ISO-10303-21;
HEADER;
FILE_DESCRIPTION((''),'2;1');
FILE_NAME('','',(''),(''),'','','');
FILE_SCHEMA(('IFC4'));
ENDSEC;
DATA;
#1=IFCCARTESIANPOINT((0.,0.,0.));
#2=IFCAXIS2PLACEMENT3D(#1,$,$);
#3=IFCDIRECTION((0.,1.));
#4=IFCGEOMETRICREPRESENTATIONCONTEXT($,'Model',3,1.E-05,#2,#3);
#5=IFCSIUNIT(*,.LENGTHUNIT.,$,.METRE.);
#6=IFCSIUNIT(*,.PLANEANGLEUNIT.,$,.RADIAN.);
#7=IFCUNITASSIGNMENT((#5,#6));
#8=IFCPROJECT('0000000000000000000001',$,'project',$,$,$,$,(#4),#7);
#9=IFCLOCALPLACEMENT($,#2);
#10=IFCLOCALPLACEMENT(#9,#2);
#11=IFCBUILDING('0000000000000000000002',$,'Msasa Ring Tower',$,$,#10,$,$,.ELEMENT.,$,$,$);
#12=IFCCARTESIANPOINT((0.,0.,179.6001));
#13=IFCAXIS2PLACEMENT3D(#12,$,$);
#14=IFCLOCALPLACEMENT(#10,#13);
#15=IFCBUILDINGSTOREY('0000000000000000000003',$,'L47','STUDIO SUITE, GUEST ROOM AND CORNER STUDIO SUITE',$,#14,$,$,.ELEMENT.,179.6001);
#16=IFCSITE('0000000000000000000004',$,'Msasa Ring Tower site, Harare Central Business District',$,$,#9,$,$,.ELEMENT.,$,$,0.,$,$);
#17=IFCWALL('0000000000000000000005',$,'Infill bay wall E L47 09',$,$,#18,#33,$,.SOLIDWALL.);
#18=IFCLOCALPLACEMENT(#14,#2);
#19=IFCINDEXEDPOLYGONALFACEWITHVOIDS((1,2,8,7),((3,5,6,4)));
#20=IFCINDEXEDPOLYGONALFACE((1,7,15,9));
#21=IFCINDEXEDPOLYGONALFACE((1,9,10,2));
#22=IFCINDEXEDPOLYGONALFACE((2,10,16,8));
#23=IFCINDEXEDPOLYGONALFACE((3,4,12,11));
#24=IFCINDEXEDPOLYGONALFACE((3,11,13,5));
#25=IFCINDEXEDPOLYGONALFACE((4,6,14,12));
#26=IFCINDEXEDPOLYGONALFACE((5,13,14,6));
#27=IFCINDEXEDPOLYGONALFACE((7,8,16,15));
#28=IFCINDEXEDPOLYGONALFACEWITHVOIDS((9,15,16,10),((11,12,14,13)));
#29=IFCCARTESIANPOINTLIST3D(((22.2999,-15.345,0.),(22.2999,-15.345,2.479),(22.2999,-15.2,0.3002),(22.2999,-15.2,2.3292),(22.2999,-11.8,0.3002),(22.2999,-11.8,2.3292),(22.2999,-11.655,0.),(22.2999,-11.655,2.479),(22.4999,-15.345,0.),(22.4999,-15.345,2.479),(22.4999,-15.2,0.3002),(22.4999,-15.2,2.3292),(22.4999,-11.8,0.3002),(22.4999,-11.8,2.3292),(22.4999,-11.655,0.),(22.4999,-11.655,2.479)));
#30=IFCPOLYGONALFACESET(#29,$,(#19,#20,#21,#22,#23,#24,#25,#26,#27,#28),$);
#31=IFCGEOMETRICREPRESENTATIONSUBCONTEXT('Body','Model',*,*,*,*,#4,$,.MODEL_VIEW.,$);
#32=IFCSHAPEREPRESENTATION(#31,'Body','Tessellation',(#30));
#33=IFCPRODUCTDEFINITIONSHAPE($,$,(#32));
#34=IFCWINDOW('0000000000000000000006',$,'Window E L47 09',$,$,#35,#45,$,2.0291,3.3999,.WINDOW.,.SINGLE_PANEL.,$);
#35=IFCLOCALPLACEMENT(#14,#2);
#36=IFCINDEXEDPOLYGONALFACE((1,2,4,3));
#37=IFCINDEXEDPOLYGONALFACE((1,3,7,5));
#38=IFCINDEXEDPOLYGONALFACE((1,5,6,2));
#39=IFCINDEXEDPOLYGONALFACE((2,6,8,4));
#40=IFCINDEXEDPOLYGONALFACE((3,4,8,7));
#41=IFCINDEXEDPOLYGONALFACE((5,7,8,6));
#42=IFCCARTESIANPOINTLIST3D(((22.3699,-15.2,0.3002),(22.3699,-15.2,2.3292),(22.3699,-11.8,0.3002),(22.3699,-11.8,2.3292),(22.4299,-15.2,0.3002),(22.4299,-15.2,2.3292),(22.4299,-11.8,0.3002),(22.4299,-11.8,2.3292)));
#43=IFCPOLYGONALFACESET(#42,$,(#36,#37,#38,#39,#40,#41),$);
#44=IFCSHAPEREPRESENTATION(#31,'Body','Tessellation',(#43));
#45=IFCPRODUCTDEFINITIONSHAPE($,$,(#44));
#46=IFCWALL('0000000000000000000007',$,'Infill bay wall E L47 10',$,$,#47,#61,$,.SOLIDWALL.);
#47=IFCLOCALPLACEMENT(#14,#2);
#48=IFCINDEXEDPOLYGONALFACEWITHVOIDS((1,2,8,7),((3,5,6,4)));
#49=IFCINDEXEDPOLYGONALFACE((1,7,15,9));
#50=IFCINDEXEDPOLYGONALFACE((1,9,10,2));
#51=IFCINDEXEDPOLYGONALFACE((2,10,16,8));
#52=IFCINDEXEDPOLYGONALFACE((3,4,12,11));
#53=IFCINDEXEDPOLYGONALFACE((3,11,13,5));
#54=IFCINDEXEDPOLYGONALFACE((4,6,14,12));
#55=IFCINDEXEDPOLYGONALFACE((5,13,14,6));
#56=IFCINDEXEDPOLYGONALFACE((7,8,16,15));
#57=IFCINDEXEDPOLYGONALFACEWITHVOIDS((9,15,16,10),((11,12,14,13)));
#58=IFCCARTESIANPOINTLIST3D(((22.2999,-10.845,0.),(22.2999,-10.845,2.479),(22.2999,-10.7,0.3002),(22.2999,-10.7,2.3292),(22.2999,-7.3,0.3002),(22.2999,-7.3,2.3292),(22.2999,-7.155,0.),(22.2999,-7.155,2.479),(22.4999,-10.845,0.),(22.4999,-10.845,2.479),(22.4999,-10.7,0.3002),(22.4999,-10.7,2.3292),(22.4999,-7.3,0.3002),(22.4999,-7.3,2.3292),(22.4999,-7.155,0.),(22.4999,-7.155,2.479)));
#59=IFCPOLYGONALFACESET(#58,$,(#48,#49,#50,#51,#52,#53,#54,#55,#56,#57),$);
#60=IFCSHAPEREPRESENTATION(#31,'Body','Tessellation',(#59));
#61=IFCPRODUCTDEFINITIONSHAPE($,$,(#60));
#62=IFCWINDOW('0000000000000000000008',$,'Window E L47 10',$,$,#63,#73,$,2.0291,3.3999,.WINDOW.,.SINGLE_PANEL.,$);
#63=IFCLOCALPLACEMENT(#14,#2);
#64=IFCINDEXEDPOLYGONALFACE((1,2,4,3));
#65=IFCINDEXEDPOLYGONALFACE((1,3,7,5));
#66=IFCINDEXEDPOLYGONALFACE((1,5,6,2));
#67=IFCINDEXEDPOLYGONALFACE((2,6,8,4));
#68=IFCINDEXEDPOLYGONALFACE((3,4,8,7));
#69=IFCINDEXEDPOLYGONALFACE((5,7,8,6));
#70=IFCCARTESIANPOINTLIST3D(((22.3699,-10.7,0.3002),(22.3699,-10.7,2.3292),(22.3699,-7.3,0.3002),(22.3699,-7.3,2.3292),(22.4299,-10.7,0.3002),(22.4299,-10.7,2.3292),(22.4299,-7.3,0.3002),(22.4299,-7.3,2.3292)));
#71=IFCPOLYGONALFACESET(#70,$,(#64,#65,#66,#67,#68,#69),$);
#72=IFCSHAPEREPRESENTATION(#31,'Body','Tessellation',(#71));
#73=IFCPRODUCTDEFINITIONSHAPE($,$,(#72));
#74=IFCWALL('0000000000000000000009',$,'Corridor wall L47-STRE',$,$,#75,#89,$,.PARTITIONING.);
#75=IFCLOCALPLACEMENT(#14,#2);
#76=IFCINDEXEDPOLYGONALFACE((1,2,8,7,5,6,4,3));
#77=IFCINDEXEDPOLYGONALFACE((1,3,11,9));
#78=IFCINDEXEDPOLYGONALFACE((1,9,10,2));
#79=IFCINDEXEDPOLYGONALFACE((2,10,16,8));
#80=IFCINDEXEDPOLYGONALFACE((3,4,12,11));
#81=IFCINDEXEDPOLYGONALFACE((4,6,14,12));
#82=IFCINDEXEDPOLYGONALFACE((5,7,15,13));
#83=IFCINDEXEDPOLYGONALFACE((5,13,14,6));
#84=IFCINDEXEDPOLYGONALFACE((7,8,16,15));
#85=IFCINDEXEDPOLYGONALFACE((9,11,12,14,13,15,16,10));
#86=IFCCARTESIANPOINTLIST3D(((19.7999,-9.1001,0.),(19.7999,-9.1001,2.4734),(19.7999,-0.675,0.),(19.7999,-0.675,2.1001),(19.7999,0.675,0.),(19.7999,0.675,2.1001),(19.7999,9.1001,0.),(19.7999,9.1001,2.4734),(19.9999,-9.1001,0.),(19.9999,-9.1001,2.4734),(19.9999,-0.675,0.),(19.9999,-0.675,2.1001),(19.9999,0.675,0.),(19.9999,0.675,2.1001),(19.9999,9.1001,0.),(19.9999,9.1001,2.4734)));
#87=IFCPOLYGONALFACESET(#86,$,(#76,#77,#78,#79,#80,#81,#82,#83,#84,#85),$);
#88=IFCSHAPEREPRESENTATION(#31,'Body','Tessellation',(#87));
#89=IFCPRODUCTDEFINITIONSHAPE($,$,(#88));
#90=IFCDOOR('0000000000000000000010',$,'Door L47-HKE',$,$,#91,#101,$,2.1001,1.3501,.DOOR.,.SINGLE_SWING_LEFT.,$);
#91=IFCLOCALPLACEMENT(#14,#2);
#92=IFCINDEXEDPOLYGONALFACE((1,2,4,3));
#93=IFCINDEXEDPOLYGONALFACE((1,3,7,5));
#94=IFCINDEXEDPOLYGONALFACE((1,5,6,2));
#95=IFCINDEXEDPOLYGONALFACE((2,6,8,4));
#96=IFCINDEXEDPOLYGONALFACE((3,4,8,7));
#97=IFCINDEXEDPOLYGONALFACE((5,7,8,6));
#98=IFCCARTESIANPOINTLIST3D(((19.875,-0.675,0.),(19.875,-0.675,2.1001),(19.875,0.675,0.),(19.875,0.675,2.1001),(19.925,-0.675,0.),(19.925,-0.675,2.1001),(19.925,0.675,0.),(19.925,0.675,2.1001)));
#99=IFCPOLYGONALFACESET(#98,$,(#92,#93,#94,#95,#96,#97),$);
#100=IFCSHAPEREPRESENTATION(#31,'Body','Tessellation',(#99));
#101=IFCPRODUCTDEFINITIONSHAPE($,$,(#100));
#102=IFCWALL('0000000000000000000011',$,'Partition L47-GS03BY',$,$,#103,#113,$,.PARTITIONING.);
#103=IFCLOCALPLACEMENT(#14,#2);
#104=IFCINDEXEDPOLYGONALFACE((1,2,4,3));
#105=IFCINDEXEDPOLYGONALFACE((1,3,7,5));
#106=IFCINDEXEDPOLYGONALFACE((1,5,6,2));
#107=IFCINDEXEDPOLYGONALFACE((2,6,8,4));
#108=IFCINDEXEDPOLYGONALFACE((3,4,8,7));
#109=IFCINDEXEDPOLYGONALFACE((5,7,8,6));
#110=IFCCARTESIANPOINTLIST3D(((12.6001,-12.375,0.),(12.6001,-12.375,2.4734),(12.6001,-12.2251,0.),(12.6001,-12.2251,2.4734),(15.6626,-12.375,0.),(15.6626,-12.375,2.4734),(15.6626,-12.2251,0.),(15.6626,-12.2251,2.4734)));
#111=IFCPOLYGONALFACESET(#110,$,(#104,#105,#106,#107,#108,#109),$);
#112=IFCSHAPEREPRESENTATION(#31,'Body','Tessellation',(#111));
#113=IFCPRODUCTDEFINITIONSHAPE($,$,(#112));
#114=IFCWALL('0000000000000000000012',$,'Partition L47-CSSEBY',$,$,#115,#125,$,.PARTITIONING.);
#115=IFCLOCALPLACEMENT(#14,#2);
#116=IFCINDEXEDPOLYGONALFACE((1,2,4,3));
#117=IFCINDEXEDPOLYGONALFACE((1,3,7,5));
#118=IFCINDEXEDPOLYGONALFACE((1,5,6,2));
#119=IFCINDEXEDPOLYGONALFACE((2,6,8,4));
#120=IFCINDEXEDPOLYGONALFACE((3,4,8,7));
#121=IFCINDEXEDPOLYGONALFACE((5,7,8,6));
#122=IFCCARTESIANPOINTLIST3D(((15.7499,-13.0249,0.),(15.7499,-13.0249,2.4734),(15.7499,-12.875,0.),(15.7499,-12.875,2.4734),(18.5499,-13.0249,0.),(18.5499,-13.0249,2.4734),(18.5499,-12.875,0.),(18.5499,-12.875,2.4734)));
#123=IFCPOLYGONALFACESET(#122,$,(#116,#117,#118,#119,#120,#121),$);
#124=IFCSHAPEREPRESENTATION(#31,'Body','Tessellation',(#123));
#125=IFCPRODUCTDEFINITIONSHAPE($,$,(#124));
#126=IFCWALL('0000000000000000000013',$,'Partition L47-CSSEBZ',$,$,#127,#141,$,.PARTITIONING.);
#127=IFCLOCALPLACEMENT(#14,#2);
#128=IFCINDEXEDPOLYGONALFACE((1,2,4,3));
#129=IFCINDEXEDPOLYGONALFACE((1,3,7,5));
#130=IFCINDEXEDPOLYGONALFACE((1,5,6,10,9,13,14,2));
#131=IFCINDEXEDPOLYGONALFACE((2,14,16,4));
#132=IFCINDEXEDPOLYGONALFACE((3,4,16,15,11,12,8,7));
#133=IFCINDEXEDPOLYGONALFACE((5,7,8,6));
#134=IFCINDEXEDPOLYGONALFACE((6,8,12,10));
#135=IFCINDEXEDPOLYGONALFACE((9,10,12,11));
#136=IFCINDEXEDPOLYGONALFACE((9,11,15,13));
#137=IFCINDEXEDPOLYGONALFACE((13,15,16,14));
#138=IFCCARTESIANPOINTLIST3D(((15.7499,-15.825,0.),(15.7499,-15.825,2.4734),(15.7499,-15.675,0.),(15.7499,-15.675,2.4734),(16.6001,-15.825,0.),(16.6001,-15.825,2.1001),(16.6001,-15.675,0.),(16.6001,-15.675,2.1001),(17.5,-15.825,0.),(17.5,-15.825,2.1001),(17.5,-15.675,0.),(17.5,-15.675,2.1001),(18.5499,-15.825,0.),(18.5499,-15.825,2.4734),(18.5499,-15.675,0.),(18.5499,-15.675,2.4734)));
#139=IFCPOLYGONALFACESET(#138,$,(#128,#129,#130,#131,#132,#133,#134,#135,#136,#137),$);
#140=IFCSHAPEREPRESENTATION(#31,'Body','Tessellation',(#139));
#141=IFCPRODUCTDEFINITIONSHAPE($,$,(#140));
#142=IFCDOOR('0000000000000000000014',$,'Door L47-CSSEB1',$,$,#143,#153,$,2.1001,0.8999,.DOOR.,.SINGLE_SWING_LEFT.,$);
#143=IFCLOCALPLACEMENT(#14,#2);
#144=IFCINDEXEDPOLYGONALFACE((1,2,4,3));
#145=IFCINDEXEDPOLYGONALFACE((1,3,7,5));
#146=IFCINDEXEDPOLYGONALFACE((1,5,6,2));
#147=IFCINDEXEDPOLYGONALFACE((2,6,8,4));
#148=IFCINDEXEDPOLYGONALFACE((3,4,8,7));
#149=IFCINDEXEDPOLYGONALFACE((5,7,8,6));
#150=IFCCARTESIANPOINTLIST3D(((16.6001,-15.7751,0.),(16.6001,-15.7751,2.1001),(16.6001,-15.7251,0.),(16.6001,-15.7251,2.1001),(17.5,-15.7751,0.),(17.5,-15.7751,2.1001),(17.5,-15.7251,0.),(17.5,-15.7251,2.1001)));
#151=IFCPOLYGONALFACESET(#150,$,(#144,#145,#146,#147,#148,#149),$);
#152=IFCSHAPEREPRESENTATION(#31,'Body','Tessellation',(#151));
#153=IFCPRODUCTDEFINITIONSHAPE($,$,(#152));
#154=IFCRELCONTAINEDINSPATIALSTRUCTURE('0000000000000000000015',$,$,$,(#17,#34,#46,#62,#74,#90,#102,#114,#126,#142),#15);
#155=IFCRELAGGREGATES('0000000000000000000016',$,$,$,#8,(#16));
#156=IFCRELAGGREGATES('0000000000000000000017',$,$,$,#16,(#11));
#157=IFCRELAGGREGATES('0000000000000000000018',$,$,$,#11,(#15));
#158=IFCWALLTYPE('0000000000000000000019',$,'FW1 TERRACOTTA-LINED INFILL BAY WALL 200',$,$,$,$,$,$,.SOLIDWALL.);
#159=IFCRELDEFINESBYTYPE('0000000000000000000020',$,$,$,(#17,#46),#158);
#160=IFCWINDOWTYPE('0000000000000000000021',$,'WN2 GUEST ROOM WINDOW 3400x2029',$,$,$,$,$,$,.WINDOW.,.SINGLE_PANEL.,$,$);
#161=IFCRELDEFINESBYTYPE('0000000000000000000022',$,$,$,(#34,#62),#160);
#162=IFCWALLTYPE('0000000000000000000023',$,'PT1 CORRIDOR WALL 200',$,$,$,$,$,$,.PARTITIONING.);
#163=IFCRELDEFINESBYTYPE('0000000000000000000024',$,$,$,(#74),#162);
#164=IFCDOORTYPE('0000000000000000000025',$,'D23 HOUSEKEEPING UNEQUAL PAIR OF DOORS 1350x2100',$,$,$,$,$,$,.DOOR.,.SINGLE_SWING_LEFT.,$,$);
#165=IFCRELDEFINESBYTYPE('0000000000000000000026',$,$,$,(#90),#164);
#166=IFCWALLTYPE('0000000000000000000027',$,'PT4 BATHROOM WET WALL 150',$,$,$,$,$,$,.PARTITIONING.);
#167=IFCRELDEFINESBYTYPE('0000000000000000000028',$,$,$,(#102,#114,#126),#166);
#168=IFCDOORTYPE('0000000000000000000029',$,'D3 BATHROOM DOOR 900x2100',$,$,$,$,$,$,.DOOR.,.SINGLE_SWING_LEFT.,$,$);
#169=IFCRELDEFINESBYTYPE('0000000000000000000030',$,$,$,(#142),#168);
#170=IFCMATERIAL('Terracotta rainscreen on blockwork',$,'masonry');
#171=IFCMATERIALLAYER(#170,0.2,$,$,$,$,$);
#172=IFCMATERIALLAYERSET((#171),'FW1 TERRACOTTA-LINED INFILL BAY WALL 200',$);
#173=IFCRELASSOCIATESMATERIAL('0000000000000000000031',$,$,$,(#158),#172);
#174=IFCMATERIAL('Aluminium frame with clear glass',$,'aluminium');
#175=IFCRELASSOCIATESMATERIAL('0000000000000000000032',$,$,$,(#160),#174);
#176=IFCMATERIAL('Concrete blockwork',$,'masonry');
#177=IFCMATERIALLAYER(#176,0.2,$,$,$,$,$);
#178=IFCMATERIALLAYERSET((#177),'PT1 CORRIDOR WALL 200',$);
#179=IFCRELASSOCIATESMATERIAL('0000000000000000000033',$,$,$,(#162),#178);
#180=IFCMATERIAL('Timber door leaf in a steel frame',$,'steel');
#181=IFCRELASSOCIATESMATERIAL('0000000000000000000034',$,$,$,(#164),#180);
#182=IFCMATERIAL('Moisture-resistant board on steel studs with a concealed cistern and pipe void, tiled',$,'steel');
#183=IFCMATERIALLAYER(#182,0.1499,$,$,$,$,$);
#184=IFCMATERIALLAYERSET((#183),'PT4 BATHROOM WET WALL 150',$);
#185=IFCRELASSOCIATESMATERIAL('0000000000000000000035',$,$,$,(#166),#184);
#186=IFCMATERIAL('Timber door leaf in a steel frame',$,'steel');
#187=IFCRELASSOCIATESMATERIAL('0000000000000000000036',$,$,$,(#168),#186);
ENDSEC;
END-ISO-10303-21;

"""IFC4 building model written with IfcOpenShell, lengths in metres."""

from ifc_helpers import new_model, si_unit, direction, frame, frame_2d, origin, place, context, subcontext, project, spatial, rectangle, extrude, material, layer, layer_set, type_object, element, fill, save


model = new_model("IFC4")

# Units and contexts
model_context = context("Model", 3, precision=1e-05, world=origin(), true_north=direction((0.0, 1.0)))
body_context = subcontext(model_context, "Body", "Model", "MODEL_VIEW")
ifc_project = project(units=[si_unit("LENGTHUNIT", "METRE"), si_unit("PLANEANGLEUNIT", "RADIAN")], contexts=[model_context])

# Site, building, storey
site_placement = place(None, origin())
site = spatial("IfcSite", under=ifc_project, at=site_placement, Name="Msasa Ring Tower site, Harare Central Business District", CompositionType="ELEMENT", RefElevation=0.0)
building_placement = place(site_placement, origin())
building = spatial("IfcBuilding", under=site, at=building_placement, Name="Msasa Ring Tower", CompositionType="ELEMENT")
storey_placement = place(building_placement, frame((0.0, 0.0, 179.6001)))
storey = spatial("IfcBuildingStorey", under=building, at=storey_placement, Name="L47", Description="STUDIO SUITE, GUEST ROOM AND CORNER STUDIO SUITE", CompositionType="ELEMENT", Elevation=179.6001)

# Walls, openings, windows
ifc_material_1 = material(Name="Terracotta rainscreen on blockwork", Category="masonry")
ifc_layer_1 = layer(ifc_material_1, 0.2)
ifc_layer_set_1 = layer_set([ifc_layer_1], Name="FW1 TERRACOTTA-LINED INFILL BAY WALL 200")
wall_type_1 = type_object("IfcWallType", Name="FW1 TERRACOTTA-LINED INFILL BAY WALL 200", PredefinedType="SOLIDWALL", material=ifc_layer_set_1)
wall_1_placement = place(storey_placement, frame((22.3999, -15.345, 0.0), z_axis=(0.0, 0.0, 1.0), x_axis=(0.0, 1.0, 0.0)))
wall_1 = element("IfcWall", 1, at=wall_1_placement, inside=storey, type_object=wall_type_1, Name="Infill bay wall E L47 09", PredefinedType="SOLIDWALL", context=body_context, shape_type="SweptSolid", body=[
    extrude(rectangle(XDim=3.6899, YDim=0.2, at=frame_2d((1.845, 0.0))), origin(), (0.0, 0.0, 1.0), 2.479),
])
opening_1_placement = place(wall_1_placement, frame((0.145, 0.0, 0.3)))
opening_1 = element("IfcOpeningElement", 2, at=opening_1_placement, cuts=wall_1, PredefinedType="OPENING", context=body_context, shape_type="SweptSolid", body=[
    extrude(rectangle(XDim=3.3999, YDim=2.0291, at=frame_2d((1.7, 1.0146))), frame((0.0, 0.1099, 0.0), z_axis=(0.0, -1.0, 0.0), x_axis=(1.0, 0.0, 0.0)), (0.0, 0.0, 1.0), 0.22),
])
ifc_material_2 = material(Name="Aluminium frame with clear glass", Category="aluminium")
window_type = type_object("IfcWindowType", Name="WN2 GUEST ROOM WINDOW 3400x2029", PartitioningType="SINGLE_PANEL", PredefinedType="WINDOW", material=ifc_material_2)
window_1_placement = place(opening_1_placement, origin())
window_1 = element("IfcWindow", 3, at=window_1_placement, inside=storey, type_object=window_type, Name="Window E L47 09", OverallHeight=2.0291, OverallWidth=3.3999, PartitioningType="SINGLE_PANEL", PredefinedType="WINDOW", context=body_context, shape_type="SweptSolid", body=[
    extrude(rectangle(XDim=3.3999, YDim=2.0291, at=frame_2d((1.7, 1.0146))), frame((0.0, 0.03, 0.0), z_axis=(0.0, -1.0, 0.0), x_axis=(1.0, 0.0, 0.0)), (0.0, 0.0, 1.0), 0.0601),
])
fill(opening_1, window_1)
wall_2_placement = place(storey_placement, frame((22.3999, -10.845, 0.0), z_axis=(0.0, 0.0, 1.0), x_axis=(0.0, 1.0, 0.0)))
wall_2 = element("IfcWall", 4, at=wall_2_placement, inside=storey, type_object=wall_type_1, Name="Infill bay wall E L47 10", PredefinedType="SOLIDWALL", context=body_context, shape_type="SweptSolid", body=[
    extrude(rectangle(XDim=3.6899, YDim=0.2, at=frame_2d((1.845, 0.0))), origin(), (0.0, 0.0, 1.0), 2.479),
])
opening_2_placement = place(wall_2_placement, frame((0.145, 0.0, 0.3)))
opening_2 = element("IfcOpeningElement", 5, at=opening_2_placement, cuts=wall_2, PredefinedType="OPENING", context=body_context, shape_type="SweptSolid", body=[
    extrude(rectangle(XDim=3.3999, YDim=2.0291, at=frame_2d((1.7, 1.0146))), frame((0.0, 0.1099, 0.0), z_axis=(0.0, -1.0, 0.0), x_axis=(1.0, 0.0, 0.0)), (0.0, 0.0, 1.0), 0.22),
])
window_2_placement = place(opening_2_placement, origin())
window_2 = element("IfcWindow", 6, at=window_2_placement, inside=storey, type_object=window_type, Name="Window E L47 10", OverallHeight=2.0291, OverallWidth=3.3999, PartitioningType="SINGLE_PANEL", PredefinedType="WINDOW", context=body_context, shape_type="SweptSolid", body=[
    extrude(rectangle(XDim=3.3999, YDim=2.0291, at=frame_2d((1.7, 1.0146))), frame((0.0, 0.03, 0.0), z_axis=(0.0, -1.0, 0.0), x_axis=(1.0, 0.0, 0.0)), (0.0, 0.0, 1.0), 0.0601),
])
fill(opening_2, window_2)

# Wall, opening, door
ifc_material_3 = material(Name="Concrete blockwork", Category="masonry")
ifc_layer_2 = layer(ifc_material_3, 0.2)
ifc_layer_set_2 = layer_set([ifc_layer_2], Name="PT1 CORRIDOR WALL 200")
wall_type_2 = type_object("IfcWallType", Name="PT1 CORRIDOR WALL 200", PredefinedType="PARTITIONING", material=ifc_layer_set_2)
wall_3_placement = place(storey_placement, frame((19.8999, -9.1001, 0.0), z_axis=(0.0, 0.0, 1.0), x_axis=(0.0, 1.0, 0.0)))
wall_3 = element("IfcWall", 7, at=wall_3_placement, inside=storey, type_object=wall_type_2, Name="Corridor wall L47-STRE", PredefinedType="PARTITIONING", context=body_context, shape_type="SweptSolid", body=[
    extrude(rectangle(XDim=18.2002, YDim=0.2, at=frame_2d((9.1001, 0.0))), origin(), (0.0, 0.0, 1.0), 2.4734),
])
opening_3_placement = place(wall_3_placement, frame((8.425, 0.0, 0.0)))
opening_3 = element("IfcOpeningElement", 8, at=opening_3_placement, cuts=wall_3, PredefinedType="OPENING", context=body_context, shape_type="SweptSolid", body=[
    extrude(rectangle(XDim=1.3501, YDim=2.1001, at=frame_2d((0.675, 1.05))), frame((0.0, 0.1099, 0.0), z_axis=(0.0, -1.0, 0.0), x_axis=(1.0, 0.0, 0.0)), (0.0, 0.0, 1.0), 0.22),
])
ifc_material_4 = material(Name="Timber door leaf in a steel frame", Category="steel")
door_type_1 = type_object("IfcDoorType", Name="D23 HOUSEKEEPING UNEQUAL PAIR OF DOORS 1350x2100", OperationType="SINGLE_SWING_LEFT", PredefinedType="DOOR", material=ifc_material_4)
door_1_placement = place(opening_3_placement, origin())
door_1 = element("IfcDoor", 9, at=door_1_placement, inside=storey, type_object=door_type_1, Name="Door L47-HKE", OperationType="SINGLE_SWING_LEFT", OverallHeight=2.1001, OverallWidth=1.3501, PredefinedType="DOOR", context=body_context, shape_type="SweptSolid", body=[
    extrude(rectangle(XDim=1.3501, YDim=2.1001, at=frame_2d((0.675, 1.05))), frame((0.0, 0.0249, 0.0), z_axis=(0.0, -1.0, 0.0), x_axis=(1.0, 0.0, 0.0)), (0.0, 0.0, 1.0), 0.05),
])
fill(opening_3, door_1)

# Walls
ifc_material_5 = material(Name="Moisture-resistant board on steel studs with a concealed cistern and pipe void, tiled", Category="steel")
ifc_layer_3 = layer(ifc_material_5, 0.1499)
ifc_layer_set_3 = layer_set([ifc_layer_3], Name="PT4 BATHROOM WET WALL 150")
wall_type_3 = type_object("IfcWallType", Name="PT4 BATHROOM WET WALL 150", PredefinedType="PARTITIONING", material=ifc_layer_set_3)
wall_4_placement = place(storey_placement, frame((12.6001, -12.3, 0.0), z_axis=(0.0, 0.0, 1.0), x_axis=(1.0, 0.0, 0.0)))
element("IfcWall", 10, at=wall_4_placement, inside=storey, type_object=wall_type_3, Name="Partition L47-GS03BY", PredefinedType="PARTITIONING", context=body_context, shape_type="SweptSolid", body=[
    extrude(rectangle(XDim=3.0625, YDim=0.1499, at=frame_2d((1.5312, 0.0))), origin(), (0.0, 0.0, 1.0), 2.4734),
])
wall_5_placement = place(storey_placement, frame((15.75, -12.95, 0.0), z_axis=(0.0, 0.0, 1.0), x_axis=(1.0, 0.0, 0.0)))
element("IfcWall", 11, at=wall_5_placement, inside=storey, type_object=wall_type_3, Name="Partition L47-CSSEBY", PredefinedType="PARTITIONING", context=body_context, shape_type="SweptSolid", body=[
    extrude(rectangle(XDim=2.8, YDim=0.1499, at=frame_2d((1.3999, 0.0))), origin(), (0.0, 0.0, 1.0), 2.4734),
])

# Wall, opening, door
wall_6_placement = place(storey_placement, frame((15.75, -15.75, 0.0), z_axis=(0.0, 0.0, 1.0), x_axis=(1.0, 0.0, 0.0)))
wall_6 = element("IfcWall", 12, at=wall_6_placement, inside=storey, type_object=wall_type_3, Name="Partition L47-CSSEBZ", PredefinedType="PARTITIONING", context=body_context, shape_type="SweptSolid", body=[
    extrude(rectangle(XDim=2.8, YDim=0.1499, at=frame_2d((1.3999, 0.0))), origin(), (0.0, 0.0, 1.0), 2.4734),
])
opening_4_placement = place(wall_6_placement, frame((0.8501, 0.0, 0.0)))
opening_4 = element("IfcOpeningElement", 13, at=opening_4_placement, cuts=wall_6, PredefinedType="OPENING", context=body_context, shape_type="SweptSolid", body=[
    extrude(rectangle(XDim=0.8999, YDim=2.1001, at=frame_2d((0.45, 1.05))), frame((0.0, 0.085, 0.0), z_axis=(0.0, -1.0, 0.0), x_axis=(1.0, 0.0, 0.0)), (0.0, 0.0, 1.0), 0.1699),
])
ifc_material_6 = material(Name="Timber door leaf in a steel frame", Category="steel")
door_type_2 = type_object("IfcDoorType", Name="D3 BATHROOM DOOR 900x2100", OperationType="SINGLE_SWING_LEFT", PredefinedType="DOOR", material=ifc_material_6)
door_2_placement = place(opening_4_placement, origin())
door_2 = element("IfcDoor", 14, at=door_2_placement, inside=storey, type_object=door_type_2, Name="Door L47-CSSEB1", OperationType="SINGLE_SWING_LEFT", OverallHeight=2.1001, OverallWidth=0.8999, PredefinedType="DOOR", context=body_context, shape_type="SweptSolid", body=[
    extrude(rectangle(XDim=0.8999, YDim=2.1001, at=frame_2d((0.45, 1.05))), frame((0.0, 0.0249, 0.0), z_axis=(0.0, -1.0, 0.0), x_axis=(1.0, 0.0, 0.0)), (0.0, 0.0, 1.0), 0.05),
])
fill(opening_4, door_2)

save(model, "model.ifc")
